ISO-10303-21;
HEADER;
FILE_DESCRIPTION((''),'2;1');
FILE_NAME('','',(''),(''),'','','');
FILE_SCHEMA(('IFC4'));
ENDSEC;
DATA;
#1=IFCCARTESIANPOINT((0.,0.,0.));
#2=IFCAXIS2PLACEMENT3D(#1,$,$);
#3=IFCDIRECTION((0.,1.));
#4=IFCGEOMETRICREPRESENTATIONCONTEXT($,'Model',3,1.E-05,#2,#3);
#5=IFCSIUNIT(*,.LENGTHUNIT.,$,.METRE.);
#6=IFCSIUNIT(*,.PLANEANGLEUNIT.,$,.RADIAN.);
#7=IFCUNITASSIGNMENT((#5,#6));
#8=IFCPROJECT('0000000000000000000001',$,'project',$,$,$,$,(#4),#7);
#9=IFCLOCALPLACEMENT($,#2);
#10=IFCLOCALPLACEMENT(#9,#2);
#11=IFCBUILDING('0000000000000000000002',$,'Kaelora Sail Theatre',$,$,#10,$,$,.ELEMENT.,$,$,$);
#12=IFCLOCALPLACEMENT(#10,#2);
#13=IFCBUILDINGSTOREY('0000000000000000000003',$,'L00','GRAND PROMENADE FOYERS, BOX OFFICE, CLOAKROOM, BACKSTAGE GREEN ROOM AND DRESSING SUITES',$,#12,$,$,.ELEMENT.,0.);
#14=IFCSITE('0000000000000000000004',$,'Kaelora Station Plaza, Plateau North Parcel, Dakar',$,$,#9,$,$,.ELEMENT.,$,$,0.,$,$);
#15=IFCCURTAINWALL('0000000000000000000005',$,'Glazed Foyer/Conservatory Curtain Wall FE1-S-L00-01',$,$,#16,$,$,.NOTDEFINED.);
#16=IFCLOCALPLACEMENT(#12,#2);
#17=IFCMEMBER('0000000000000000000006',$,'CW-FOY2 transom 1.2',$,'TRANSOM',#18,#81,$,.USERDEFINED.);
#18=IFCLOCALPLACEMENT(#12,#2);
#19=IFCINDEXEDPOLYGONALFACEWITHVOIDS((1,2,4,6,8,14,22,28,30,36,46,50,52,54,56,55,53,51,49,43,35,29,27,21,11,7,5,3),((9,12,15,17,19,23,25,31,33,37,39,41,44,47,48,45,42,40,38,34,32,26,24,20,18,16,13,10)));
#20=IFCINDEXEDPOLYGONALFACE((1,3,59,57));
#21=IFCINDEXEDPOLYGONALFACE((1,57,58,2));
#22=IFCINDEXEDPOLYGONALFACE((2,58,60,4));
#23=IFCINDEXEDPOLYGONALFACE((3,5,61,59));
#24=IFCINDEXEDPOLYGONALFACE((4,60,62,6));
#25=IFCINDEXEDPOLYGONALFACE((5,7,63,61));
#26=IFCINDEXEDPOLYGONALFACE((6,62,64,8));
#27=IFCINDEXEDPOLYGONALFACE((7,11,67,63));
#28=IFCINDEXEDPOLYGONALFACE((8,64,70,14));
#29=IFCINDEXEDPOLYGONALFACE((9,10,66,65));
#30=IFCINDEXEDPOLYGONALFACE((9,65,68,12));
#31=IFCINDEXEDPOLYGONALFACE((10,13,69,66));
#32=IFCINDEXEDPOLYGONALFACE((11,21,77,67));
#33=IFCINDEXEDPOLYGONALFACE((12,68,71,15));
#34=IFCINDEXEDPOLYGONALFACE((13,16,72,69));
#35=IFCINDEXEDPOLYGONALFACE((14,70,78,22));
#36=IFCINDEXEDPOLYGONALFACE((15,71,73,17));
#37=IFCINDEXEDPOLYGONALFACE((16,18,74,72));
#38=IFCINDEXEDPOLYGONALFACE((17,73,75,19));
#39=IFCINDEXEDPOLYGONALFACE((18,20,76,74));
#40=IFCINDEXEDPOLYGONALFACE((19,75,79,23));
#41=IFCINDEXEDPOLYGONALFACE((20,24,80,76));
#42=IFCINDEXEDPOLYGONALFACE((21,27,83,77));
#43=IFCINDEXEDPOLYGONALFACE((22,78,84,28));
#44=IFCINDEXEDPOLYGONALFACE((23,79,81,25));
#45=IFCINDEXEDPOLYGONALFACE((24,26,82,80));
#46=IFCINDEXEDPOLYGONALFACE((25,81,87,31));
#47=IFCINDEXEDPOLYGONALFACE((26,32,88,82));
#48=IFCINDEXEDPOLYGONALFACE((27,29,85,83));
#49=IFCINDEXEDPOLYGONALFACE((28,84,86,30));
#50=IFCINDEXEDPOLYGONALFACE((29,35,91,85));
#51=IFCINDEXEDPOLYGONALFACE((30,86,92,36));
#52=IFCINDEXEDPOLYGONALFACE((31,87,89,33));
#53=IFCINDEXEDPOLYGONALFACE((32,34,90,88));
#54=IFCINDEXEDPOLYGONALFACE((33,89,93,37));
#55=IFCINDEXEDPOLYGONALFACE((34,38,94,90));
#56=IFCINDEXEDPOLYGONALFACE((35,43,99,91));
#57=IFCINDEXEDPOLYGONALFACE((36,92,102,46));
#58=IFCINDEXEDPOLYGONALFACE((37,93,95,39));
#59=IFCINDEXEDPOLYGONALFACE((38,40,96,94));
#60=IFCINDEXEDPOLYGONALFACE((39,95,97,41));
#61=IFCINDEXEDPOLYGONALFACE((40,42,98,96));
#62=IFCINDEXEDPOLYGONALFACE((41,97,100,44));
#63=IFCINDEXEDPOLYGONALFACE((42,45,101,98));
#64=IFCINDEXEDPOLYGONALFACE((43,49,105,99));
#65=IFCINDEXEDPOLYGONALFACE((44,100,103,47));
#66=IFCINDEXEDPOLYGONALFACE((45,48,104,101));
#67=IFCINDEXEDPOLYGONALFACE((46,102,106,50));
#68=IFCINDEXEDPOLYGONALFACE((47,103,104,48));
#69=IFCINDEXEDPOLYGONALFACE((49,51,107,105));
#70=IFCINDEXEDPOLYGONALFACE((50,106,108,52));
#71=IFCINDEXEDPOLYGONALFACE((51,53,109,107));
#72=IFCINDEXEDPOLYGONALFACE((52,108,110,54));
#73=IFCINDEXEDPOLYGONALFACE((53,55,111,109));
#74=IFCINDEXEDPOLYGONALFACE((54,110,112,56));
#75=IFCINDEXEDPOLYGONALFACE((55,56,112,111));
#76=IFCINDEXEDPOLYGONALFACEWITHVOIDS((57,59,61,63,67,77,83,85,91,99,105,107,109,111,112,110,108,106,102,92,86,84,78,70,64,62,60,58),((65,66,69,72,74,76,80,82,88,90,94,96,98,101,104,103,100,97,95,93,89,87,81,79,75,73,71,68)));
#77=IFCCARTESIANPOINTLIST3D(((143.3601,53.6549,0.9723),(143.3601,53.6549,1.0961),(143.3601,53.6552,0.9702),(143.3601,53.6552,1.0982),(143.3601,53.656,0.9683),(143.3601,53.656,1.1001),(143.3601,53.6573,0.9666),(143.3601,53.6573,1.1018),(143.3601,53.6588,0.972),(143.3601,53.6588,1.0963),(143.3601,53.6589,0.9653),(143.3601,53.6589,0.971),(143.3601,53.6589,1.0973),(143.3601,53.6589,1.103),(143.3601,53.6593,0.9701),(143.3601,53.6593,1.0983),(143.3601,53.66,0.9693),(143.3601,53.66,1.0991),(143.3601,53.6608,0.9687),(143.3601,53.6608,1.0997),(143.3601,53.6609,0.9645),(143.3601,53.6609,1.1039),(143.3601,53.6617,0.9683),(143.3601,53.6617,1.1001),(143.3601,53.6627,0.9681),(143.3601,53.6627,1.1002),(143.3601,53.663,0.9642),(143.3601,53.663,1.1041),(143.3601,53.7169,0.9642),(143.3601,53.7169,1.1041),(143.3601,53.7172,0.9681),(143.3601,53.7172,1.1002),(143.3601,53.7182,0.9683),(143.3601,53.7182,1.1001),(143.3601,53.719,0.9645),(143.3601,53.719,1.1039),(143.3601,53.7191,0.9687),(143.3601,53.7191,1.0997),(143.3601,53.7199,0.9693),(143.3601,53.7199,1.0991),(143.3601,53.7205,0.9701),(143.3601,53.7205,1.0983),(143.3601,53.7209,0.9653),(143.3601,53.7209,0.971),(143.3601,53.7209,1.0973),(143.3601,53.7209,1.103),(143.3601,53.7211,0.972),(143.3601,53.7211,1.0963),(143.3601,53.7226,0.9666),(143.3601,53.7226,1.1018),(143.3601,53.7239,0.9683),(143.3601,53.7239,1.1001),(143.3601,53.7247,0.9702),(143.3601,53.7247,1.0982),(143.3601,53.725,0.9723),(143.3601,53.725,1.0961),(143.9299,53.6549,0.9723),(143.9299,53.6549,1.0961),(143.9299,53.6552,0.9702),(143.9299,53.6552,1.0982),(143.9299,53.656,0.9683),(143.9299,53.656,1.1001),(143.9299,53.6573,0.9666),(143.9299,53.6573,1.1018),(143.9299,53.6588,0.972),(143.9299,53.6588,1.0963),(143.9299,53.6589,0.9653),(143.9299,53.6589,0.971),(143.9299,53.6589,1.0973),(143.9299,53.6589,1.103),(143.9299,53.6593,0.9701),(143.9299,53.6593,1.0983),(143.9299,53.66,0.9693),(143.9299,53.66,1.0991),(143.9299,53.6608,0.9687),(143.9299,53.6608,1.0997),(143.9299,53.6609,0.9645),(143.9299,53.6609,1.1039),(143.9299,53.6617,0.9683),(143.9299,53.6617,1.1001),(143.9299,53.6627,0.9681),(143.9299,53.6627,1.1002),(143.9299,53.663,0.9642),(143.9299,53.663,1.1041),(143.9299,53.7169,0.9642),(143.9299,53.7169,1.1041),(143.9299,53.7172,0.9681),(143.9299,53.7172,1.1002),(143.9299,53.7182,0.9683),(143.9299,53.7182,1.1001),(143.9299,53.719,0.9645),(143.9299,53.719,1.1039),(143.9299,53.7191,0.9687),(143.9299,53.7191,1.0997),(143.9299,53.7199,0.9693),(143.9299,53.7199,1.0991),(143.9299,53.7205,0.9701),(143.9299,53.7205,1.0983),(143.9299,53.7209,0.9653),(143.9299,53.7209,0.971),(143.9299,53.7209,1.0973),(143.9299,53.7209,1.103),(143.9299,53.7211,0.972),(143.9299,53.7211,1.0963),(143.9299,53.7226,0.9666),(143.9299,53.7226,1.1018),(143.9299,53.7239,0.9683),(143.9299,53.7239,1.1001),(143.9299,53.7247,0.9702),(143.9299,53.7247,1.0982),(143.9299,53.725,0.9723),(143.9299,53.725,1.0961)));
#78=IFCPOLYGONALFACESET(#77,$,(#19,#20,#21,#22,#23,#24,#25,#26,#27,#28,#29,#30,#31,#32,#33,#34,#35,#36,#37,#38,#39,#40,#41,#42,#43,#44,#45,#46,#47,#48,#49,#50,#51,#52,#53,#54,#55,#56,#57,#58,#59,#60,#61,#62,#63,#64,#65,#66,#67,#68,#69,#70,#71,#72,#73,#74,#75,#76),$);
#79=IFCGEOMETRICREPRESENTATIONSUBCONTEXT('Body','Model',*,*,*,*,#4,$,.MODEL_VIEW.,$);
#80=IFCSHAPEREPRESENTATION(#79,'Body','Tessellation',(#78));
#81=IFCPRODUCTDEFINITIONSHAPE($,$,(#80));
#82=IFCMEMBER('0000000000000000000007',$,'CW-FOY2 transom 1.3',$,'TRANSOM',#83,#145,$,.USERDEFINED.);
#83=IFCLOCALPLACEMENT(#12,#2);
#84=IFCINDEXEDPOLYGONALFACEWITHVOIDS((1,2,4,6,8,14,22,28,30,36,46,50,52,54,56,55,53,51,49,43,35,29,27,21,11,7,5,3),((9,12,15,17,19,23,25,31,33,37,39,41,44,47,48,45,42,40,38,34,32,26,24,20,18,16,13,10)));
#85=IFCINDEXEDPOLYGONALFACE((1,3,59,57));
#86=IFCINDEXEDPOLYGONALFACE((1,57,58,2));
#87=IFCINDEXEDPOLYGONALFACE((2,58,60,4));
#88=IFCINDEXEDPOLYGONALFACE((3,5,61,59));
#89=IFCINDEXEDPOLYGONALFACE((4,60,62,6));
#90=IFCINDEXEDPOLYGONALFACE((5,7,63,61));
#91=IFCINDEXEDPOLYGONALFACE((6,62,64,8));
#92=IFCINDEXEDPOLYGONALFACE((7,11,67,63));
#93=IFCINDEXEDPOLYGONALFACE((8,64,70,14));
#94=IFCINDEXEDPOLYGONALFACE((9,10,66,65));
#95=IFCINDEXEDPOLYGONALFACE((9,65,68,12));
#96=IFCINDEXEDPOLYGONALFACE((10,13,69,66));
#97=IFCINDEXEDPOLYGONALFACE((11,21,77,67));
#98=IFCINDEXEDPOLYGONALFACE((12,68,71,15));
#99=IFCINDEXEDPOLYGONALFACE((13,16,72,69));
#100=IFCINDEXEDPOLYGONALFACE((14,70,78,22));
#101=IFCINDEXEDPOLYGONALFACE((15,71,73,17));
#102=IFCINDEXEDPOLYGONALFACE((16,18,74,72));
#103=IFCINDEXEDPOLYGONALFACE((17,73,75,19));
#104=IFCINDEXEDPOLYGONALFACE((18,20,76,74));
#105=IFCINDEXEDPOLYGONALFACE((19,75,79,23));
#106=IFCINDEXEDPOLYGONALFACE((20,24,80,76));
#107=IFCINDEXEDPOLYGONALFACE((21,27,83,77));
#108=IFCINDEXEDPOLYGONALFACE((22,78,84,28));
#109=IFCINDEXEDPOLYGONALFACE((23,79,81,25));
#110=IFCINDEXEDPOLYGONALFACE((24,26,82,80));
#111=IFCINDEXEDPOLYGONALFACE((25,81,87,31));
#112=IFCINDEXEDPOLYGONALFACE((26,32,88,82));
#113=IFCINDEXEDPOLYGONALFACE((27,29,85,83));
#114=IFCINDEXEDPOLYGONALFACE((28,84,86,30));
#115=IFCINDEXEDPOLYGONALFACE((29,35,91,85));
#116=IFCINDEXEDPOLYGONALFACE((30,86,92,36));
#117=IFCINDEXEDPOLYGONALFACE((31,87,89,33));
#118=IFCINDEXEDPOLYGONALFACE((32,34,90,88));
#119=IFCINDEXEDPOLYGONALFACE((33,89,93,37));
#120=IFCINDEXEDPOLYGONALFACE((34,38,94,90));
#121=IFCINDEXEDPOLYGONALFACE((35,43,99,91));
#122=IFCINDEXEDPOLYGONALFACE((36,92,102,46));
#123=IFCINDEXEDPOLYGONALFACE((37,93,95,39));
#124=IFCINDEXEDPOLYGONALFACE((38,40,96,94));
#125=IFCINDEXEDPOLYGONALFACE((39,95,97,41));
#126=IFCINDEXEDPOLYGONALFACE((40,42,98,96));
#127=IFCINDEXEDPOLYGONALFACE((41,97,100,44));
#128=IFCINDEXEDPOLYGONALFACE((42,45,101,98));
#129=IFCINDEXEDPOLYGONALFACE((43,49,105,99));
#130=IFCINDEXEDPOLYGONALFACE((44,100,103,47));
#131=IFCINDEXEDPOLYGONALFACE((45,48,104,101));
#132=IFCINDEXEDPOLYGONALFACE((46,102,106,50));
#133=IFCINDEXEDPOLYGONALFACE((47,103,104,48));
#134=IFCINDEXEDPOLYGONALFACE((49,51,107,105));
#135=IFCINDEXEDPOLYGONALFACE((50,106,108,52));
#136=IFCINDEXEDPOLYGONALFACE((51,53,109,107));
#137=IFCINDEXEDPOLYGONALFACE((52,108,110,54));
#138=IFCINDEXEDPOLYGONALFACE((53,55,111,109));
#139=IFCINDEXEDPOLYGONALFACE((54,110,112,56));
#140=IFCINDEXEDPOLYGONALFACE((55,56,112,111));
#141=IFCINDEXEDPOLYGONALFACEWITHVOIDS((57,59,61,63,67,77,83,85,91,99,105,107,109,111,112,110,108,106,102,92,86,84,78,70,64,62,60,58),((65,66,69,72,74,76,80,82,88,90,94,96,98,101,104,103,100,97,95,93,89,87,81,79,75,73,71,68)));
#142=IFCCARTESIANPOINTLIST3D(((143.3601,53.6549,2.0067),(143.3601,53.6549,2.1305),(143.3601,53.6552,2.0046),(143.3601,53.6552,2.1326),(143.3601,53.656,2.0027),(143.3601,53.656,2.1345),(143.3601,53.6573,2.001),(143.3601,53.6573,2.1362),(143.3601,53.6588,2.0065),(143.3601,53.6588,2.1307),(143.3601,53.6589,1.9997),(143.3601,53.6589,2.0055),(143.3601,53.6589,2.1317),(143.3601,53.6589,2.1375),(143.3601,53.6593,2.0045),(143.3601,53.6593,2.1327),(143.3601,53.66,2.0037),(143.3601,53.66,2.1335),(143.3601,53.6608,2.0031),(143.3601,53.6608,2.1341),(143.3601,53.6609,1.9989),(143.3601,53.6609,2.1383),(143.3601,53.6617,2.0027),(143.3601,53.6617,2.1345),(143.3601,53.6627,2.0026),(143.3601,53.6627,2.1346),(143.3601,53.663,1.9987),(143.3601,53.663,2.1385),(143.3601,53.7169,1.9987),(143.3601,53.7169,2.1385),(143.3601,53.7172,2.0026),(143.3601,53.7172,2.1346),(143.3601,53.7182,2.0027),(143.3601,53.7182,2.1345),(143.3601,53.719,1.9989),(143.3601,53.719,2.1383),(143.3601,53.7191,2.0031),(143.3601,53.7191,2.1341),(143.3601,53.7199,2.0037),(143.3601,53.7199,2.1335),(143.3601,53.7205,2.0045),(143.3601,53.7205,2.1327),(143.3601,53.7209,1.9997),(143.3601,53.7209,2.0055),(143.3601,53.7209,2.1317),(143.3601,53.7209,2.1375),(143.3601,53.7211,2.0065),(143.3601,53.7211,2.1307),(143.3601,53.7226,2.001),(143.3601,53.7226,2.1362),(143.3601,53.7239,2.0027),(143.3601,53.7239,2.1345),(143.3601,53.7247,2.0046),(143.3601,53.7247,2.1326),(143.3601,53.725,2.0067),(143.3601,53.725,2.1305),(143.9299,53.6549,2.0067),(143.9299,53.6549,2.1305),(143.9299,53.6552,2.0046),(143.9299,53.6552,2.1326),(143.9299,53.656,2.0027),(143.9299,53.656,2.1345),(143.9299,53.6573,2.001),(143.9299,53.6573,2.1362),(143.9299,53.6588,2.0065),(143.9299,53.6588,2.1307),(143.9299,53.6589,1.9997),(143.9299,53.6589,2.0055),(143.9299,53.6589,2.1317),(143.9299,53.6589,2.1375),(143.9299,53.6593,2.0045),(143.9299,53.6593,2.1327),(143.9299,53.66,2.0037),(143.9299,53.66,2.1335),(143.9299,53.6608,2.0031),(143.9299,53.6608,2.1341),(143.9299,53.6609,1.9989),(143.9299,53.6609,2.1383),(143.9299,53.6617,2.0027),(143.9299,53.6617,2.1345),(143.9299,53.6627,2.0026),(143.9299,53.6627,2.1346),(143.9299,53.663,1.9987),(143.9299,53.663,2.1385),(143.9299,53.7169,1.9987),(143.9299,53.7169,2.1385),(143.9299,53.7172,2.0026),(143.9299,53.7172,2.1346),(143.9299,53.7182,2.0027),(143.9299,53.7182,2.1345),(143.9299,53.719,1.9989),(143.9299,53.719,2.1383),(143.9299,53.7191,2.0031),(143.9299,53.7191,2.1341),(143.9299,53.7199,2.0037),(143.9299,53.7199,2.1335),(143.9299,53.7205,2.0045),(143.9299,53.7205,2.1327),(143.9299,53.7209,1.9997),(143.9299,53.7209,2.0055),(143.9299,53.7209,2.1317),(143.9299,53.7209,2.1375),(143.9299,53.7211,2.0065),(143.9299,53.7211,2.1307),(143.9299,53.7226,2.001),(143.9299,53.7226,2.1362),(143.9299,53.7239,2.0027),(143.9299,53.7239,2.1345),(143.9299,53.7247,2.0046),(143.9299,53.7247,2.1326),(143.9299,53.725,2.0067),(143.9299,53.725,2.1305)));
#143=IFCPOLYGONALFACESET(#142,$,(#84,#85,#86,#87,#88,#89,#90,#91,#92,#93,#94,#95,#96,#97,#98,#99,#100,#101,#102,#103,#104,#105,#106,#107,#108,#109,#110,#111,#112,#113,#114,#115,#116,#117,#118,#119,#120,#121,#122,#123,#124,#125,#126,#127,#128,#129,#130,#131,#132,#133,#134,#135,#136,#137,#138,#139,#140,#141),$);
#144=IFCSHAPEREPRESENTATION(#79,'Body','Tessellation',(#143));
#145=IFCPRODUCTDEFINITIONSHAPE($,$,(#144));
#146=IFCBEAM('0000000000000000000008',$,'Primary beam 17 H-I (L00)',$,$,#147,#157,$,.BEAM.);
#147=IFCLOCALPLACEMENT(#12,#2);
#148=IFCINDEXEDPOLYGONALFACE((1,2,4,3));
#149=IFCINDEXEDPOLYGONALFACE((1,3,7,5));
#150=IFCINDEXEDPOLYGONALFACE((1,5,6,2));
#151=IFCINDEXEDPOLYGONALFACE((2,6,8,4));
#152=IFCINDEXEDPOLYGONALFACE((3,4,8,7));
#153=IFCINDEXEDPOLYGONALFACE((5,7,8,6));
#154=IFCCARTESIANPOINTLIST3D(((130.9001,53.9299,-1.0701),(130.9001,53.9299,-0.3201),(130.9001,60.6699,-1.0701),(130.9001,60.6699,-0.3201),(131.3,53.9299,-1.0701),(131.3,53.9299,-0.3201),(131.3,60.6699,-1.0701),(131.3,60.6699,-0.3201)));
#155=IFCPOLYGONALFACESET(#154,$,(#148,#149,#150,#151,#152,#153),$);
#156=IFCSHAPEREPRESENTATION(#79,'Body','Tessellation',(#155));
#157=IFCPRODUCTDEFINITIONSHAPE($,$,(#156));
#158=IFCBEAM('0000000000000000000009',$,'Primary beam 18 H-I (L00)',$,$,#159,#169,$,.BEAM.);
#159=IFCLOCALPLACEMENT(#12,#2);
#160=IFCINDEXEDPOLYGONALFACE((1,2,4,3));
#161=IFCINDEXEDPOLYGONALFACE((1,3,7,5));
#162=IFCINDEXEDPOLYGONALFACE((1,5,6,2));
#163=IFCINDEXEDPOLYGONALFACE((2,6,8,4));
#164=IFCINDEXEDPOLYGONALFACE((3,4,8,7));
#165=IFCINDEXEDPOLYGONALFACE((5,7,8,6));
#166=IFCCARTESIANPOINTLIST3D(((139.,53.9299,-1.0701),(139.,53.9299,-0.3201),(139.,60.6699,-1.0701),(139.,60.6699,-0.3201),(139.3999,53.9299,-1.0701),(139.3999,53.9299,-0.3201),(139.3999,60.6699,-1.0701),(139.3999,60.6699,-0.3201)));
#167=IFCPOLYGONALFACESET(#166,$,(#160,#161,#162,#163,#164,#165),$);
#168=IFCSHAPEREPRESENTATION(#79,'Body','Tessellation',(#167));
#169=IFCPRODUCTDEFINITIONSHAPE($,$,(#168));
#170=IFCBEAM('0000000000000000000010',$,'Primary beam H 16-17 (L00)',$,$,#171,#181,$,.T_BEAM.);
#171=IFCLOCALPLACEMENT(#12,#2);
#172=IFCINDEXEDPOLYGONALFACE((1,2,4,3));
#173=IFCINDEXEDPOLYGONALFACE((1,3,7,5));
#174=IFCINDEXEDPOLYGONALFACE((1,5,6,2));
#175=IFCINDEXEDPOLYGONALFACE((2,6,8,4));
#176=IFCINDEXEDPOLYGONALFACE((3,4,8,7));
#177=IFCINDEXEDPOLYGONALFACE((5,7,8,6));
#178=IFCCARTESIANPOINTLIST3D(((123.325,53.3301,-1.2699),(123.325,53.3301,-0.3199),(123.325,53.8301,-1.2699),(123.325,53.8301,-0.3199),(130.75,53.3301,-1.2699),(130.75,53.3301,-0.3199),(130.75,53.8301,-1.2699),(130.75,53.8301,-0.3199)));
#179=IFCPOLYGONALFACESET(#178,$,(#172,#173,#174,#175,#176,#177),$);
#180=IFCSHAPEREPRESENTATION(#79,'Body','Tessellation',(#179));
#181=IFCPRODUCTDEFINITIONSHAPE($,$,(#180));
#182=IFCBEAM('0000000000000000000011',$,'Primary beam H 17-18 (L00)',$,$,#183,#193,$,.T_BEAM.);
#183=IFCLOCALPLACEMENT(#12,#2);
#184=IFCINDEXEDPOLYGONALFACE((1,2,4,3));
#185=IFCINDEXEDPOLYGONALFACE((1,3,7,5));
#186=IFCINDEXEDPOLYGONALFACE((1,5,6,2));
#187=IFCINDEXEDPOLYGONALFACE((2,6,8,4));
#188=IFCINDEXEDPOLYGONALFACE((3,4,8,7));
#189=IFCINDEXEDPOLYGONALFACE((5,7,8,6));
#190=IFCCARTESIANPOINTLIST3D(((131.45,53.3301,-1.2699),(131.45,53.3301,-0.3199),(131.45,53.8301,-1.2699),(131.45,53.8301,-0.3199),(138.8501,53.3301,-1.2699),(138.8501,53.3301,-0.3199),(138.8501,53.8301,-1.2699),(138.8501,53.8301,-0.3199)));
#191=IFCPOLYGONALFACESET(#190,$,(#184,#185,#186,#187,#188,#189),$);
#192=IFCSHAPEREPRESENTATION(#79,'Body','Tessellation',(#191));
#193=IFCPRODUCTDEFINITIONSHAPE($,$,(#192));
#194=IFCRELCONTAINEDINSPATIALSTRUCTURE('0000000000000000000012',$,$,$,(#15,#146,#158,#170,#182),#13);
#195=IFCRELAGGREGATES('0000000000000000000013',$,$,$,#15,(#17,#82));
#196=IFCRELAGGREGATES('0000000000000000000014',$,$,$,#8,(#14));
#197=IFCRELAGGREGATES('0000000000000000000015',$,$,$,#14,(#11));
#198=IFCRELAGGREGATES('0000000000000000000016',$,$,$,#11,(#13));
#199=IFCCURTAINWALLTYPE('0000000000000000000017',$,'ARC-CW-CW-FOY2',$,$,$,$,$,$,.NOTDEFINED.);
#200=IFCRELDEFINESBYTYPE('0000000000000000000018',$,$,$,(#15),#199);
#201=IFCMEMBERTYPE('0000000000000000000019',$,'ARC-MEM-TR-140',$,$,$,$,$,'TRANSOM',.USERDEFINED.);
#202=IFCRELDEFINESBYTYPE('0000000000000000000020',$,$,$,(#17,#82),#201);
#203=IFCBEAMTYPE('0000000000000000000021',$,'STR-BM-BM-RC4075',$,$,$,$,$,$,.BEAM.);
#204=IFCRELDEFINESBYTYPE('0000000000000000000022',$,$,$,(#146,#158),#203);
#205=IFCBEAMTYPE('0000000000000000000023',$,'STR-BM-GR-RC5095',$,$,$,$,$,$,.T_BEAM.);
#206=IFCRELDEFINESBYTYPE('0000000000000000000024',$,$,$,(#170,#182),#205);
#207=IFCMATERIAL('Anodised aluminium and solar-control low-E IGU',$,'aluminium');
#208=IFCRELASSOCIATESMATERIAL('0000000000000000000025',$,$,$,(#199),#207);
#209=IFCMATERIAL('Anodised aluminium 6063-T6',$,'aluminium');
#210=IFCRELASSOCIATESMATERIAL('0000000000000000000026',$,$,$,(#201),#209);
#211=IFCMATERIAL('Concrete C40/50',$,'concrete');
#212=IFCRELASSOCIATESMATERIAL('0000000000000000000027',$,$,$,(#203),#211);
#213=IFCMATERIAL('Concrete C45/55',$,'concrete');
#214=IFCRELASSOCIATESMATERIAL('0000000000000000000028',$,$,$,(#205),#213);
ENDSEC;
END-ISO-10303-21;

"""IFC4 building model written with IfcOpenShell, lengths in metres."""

from ifc_helpers import new_model, si_unit, direction, frame, origin, origin_2d, place, context, subcontext, project, spatial, rectangle, hollow_rectangle, extrude, material, material_profile, profile_set, type_object, element, aggregate, save


model = new_model("IFC4")

# Units and contexts
model_context = context("Model", 3, precision=1e-05, world=origin(), true_north=direction((0.0, 1.0)))
body_context = subcontext(model_context, "Body", "Model", "MODEL_VIEW")
ifc_project = project(units=[si_unit("LENGTHUNIT", "METRE"), si_unit("PLANEANGLEUNIT", "RADIAN")], contexts=[model_context])

# Site, building, storey
site_placement = place(None, origin())
site = spatial("IfcSite", under=ifc_project, at=site_placement, Name="Kaelora Station Plaza, Plateau North Parcel, Dakar", CompositionType="ELEMENT", RefElevation=0.0)
building_placement = place(site_placement, origin())
building = spatial("IfcBuilding", under=site, at=building_placement, Name="Kaelora Sail Theatre", CompositionType="ELEMENT")
storey_placement = place(building_placement, origin())
storey = spatial("IfcBuildingStorey", under=building, at=storey_placement, Name="L00", Description="GRAND PROMENADE FOYERS, BOX OFFICE, CLOAKROOM, BACKSTAGE GREEN ROOM AND DRESSING SUITES", CompositionType="ELEMENT", Elevation=0.0)

# Curtain wall, members
ifc_material_1 = material(Name="Anodised aluminium and solar-control low-E IGU", Category="aluminium")
curtain_wall_type = type_object("IfcCurtainWallType", Name="ARC-CW-CW-FOY2", PredefinedType="NOTDEFINED", material=ifc_material_1)
curtain_wall_placement = place(storey_placement, origin())
curtain_wall = element("IfcCurtainWall", 1, at=curtain_wall_placement, inside=storey, type_object=curtain_wall_type, Name="Glazed Foyer/Conservatory Curtain Wall FE1-S-L00-01", PredefinedType="NOTDEFINED")
ifc_material_2 = material(Name="Anodised aluminium 6063-T6", Category="aluminium")
ifc_material_profile_1 = material_profile(ifc_material_2, hollow_rectangle(XDim=0.0701, YDim=0.1399, WallThickness=0.0039, InnerFilletRadius=0.0039, OuterFilletRadius=0.0081, at=origin_2d()), Name="ALU-TRAN 70x140x4")
ifc_profile_set_1 = profile_set([ifc_material_profile_1], Name="Anodised aluminium 6063-T6")
member_type_1 = type_object("IfcMemberType", Name="ARC-MEM-TR-140", ElementType="TRANSOM", PredefinedType="USERDEFINED", material=ifc_profile_set_1)
member_1_placement = place(storey_placement, frame((143.3601, 53.6899, 1.0342), z_axis=(1.0, 0.0, 0.0), x_axis=(0.0, 1.0, 0.0)))
member_1 = element("IfcMember", 2, at=member_1_placement, type_object=member_type_1, Name="CW-FOY2 transom 1.2", ObjectType="TRANSOM", PredefinedType="USERDEFINED", context=body_context, shape_type="SweptSolid", body=[
    extrude(hollow_rectangle(XDim=0.0701, YDim=0.1399, WallThickness=0.0039, InnerFilletRadius=0.0039, OuterFilletRadius=0.0081, at=origin_2d()), origin(), (0.0, 0.0, 1.0), 0.5698),
])
member_2_placement = place(storey_placement, frame((143.3601, 53.6899, 2.0686), z_axis=(1.0, 0.0, 0.0), x_axis=(0.0, 1.0, 0.0)))
member_2 = element("IfcMember", 3, at=member_2_placement, type_object=member_type_1, Name="CW-FOY2 transom 1.3", ObjectType="TRANSOM", PredefinedType="USERDEFINED", context=body_context, shape_type="SweptSolid", body=[
    extrude(hollow_rectangle(XDim=0.0701, YDim=0.1399, WallThickness=0.0039, InnerFilletRadius=0.0039, OuterFilletRadius=0.0081, at=origin_2d()), origin(), (0.0, 0.0, 1.0), 0.5698),
])
aggregate(curtain_wall, [member_1, member_2])

# Beams
ifc_material_3 = material(Name="Concrete C40/50", Category="concrete")
ifc_material_profile_2 = material_profile(ifc_material_3, rectangle(XDim=0.3999, YDim=0.75, at=origin_2d()), Name="RC-BM 400x750")
ifc_profile_set_2 = profile_set([ifc_material_profile_2], Name="Concrete C40/50")
beam_type_1 = type_object("IfcBeamType", Name="STR-BM-BM-RC4075", PredefinedType="BEAM", material=ifc_profile_set_2)
for number, where, z_axis, x_axis, name in (
    (4, (131.1001, 53.9299, -0.6951), (0.0, 1.0, 0.0), (-1.0, 0.0, 0.0), "Primary beam 17 H-I (L00)"),
    (5, (139.2, 53.9299, -0.6951), (0.0, 1.0, 0.0), (-1.0, 0.0, 0.0), "Primary beam 18 H-I (L00)"),
):
    element("IfcBeam", number, at=place(storey_placement, frame(where, z_axis=z_axis, x_axis=x_axis)), inside=storey, type_object=beam_type_1, Name=name, PredefinedType="BEAM", context=body_context, shape_type="SweptSolid", body=[
        extrude(rectangle(XDim=0.3999, YDim=0.75, at=origin_2d()), origin(), (0.0, 0.0, 1.0), 6.74),
    ])
ifc_material_4 = material(Name="Concrete C45/55", Category="concrete")
ifc_material_profile_3 = material_profile(ifc_material_4, rectangle(XDim=0.5, YDim=0.95, at=origin_2d()), Name="RC-GRD 500x950")
ifc_profile_set_3 = profile_set([ifc_material_profile_3], Name="Concrete C45/55")
beam_type_2 = type_object("IfcBeamType", Name="STR-BM-GR-RC5095", PredefinedType="T_BEAM", material=ifc_profile_set_3)
beam_1_placement = place(storey_placement, frame((123.325, 53.5801, -0.7949), z_axis=(1.0, 0.0, 0.0), x_axis=(0.0, 1.0, 0.0)))
element("IfcBeam", 6, at=beam_1_placement, inside=storey, type_object=beam_type_2, Name="Primary beam H 16-17 (L00)", PredefinedType="T_BEAM", context=body_context, shape_type="SweptSolid", body=[
    extrude(rectangle(XDim=0.5, YDim=0.95, at=origin_2d()), origin(), (0.0, 0.0, 1.0), 7.425),
])
beam_2_placement = place(storey_placement, frame((131.45, 53.5801, -0.7949), z_axis=(1.0, 0.0, 0.0), x_axis=(0.0, 1.0, 0.0)))
element("IfcBeam", 7, at=beam_2_placement, inside=storey, type_object=beam_type_2, Name="Primary beam H 17-18 (L00)", PredefinedType="T_BEAM", context=body_context, shape_type="SweptSolid", body=[
    extrude(rectangle(XDim=0.5, YDim=0.95, at=origin_2d()), origin(), (0.0, 0.0, 1.0), 7.4001),
])

save(model, "model.ifc")
